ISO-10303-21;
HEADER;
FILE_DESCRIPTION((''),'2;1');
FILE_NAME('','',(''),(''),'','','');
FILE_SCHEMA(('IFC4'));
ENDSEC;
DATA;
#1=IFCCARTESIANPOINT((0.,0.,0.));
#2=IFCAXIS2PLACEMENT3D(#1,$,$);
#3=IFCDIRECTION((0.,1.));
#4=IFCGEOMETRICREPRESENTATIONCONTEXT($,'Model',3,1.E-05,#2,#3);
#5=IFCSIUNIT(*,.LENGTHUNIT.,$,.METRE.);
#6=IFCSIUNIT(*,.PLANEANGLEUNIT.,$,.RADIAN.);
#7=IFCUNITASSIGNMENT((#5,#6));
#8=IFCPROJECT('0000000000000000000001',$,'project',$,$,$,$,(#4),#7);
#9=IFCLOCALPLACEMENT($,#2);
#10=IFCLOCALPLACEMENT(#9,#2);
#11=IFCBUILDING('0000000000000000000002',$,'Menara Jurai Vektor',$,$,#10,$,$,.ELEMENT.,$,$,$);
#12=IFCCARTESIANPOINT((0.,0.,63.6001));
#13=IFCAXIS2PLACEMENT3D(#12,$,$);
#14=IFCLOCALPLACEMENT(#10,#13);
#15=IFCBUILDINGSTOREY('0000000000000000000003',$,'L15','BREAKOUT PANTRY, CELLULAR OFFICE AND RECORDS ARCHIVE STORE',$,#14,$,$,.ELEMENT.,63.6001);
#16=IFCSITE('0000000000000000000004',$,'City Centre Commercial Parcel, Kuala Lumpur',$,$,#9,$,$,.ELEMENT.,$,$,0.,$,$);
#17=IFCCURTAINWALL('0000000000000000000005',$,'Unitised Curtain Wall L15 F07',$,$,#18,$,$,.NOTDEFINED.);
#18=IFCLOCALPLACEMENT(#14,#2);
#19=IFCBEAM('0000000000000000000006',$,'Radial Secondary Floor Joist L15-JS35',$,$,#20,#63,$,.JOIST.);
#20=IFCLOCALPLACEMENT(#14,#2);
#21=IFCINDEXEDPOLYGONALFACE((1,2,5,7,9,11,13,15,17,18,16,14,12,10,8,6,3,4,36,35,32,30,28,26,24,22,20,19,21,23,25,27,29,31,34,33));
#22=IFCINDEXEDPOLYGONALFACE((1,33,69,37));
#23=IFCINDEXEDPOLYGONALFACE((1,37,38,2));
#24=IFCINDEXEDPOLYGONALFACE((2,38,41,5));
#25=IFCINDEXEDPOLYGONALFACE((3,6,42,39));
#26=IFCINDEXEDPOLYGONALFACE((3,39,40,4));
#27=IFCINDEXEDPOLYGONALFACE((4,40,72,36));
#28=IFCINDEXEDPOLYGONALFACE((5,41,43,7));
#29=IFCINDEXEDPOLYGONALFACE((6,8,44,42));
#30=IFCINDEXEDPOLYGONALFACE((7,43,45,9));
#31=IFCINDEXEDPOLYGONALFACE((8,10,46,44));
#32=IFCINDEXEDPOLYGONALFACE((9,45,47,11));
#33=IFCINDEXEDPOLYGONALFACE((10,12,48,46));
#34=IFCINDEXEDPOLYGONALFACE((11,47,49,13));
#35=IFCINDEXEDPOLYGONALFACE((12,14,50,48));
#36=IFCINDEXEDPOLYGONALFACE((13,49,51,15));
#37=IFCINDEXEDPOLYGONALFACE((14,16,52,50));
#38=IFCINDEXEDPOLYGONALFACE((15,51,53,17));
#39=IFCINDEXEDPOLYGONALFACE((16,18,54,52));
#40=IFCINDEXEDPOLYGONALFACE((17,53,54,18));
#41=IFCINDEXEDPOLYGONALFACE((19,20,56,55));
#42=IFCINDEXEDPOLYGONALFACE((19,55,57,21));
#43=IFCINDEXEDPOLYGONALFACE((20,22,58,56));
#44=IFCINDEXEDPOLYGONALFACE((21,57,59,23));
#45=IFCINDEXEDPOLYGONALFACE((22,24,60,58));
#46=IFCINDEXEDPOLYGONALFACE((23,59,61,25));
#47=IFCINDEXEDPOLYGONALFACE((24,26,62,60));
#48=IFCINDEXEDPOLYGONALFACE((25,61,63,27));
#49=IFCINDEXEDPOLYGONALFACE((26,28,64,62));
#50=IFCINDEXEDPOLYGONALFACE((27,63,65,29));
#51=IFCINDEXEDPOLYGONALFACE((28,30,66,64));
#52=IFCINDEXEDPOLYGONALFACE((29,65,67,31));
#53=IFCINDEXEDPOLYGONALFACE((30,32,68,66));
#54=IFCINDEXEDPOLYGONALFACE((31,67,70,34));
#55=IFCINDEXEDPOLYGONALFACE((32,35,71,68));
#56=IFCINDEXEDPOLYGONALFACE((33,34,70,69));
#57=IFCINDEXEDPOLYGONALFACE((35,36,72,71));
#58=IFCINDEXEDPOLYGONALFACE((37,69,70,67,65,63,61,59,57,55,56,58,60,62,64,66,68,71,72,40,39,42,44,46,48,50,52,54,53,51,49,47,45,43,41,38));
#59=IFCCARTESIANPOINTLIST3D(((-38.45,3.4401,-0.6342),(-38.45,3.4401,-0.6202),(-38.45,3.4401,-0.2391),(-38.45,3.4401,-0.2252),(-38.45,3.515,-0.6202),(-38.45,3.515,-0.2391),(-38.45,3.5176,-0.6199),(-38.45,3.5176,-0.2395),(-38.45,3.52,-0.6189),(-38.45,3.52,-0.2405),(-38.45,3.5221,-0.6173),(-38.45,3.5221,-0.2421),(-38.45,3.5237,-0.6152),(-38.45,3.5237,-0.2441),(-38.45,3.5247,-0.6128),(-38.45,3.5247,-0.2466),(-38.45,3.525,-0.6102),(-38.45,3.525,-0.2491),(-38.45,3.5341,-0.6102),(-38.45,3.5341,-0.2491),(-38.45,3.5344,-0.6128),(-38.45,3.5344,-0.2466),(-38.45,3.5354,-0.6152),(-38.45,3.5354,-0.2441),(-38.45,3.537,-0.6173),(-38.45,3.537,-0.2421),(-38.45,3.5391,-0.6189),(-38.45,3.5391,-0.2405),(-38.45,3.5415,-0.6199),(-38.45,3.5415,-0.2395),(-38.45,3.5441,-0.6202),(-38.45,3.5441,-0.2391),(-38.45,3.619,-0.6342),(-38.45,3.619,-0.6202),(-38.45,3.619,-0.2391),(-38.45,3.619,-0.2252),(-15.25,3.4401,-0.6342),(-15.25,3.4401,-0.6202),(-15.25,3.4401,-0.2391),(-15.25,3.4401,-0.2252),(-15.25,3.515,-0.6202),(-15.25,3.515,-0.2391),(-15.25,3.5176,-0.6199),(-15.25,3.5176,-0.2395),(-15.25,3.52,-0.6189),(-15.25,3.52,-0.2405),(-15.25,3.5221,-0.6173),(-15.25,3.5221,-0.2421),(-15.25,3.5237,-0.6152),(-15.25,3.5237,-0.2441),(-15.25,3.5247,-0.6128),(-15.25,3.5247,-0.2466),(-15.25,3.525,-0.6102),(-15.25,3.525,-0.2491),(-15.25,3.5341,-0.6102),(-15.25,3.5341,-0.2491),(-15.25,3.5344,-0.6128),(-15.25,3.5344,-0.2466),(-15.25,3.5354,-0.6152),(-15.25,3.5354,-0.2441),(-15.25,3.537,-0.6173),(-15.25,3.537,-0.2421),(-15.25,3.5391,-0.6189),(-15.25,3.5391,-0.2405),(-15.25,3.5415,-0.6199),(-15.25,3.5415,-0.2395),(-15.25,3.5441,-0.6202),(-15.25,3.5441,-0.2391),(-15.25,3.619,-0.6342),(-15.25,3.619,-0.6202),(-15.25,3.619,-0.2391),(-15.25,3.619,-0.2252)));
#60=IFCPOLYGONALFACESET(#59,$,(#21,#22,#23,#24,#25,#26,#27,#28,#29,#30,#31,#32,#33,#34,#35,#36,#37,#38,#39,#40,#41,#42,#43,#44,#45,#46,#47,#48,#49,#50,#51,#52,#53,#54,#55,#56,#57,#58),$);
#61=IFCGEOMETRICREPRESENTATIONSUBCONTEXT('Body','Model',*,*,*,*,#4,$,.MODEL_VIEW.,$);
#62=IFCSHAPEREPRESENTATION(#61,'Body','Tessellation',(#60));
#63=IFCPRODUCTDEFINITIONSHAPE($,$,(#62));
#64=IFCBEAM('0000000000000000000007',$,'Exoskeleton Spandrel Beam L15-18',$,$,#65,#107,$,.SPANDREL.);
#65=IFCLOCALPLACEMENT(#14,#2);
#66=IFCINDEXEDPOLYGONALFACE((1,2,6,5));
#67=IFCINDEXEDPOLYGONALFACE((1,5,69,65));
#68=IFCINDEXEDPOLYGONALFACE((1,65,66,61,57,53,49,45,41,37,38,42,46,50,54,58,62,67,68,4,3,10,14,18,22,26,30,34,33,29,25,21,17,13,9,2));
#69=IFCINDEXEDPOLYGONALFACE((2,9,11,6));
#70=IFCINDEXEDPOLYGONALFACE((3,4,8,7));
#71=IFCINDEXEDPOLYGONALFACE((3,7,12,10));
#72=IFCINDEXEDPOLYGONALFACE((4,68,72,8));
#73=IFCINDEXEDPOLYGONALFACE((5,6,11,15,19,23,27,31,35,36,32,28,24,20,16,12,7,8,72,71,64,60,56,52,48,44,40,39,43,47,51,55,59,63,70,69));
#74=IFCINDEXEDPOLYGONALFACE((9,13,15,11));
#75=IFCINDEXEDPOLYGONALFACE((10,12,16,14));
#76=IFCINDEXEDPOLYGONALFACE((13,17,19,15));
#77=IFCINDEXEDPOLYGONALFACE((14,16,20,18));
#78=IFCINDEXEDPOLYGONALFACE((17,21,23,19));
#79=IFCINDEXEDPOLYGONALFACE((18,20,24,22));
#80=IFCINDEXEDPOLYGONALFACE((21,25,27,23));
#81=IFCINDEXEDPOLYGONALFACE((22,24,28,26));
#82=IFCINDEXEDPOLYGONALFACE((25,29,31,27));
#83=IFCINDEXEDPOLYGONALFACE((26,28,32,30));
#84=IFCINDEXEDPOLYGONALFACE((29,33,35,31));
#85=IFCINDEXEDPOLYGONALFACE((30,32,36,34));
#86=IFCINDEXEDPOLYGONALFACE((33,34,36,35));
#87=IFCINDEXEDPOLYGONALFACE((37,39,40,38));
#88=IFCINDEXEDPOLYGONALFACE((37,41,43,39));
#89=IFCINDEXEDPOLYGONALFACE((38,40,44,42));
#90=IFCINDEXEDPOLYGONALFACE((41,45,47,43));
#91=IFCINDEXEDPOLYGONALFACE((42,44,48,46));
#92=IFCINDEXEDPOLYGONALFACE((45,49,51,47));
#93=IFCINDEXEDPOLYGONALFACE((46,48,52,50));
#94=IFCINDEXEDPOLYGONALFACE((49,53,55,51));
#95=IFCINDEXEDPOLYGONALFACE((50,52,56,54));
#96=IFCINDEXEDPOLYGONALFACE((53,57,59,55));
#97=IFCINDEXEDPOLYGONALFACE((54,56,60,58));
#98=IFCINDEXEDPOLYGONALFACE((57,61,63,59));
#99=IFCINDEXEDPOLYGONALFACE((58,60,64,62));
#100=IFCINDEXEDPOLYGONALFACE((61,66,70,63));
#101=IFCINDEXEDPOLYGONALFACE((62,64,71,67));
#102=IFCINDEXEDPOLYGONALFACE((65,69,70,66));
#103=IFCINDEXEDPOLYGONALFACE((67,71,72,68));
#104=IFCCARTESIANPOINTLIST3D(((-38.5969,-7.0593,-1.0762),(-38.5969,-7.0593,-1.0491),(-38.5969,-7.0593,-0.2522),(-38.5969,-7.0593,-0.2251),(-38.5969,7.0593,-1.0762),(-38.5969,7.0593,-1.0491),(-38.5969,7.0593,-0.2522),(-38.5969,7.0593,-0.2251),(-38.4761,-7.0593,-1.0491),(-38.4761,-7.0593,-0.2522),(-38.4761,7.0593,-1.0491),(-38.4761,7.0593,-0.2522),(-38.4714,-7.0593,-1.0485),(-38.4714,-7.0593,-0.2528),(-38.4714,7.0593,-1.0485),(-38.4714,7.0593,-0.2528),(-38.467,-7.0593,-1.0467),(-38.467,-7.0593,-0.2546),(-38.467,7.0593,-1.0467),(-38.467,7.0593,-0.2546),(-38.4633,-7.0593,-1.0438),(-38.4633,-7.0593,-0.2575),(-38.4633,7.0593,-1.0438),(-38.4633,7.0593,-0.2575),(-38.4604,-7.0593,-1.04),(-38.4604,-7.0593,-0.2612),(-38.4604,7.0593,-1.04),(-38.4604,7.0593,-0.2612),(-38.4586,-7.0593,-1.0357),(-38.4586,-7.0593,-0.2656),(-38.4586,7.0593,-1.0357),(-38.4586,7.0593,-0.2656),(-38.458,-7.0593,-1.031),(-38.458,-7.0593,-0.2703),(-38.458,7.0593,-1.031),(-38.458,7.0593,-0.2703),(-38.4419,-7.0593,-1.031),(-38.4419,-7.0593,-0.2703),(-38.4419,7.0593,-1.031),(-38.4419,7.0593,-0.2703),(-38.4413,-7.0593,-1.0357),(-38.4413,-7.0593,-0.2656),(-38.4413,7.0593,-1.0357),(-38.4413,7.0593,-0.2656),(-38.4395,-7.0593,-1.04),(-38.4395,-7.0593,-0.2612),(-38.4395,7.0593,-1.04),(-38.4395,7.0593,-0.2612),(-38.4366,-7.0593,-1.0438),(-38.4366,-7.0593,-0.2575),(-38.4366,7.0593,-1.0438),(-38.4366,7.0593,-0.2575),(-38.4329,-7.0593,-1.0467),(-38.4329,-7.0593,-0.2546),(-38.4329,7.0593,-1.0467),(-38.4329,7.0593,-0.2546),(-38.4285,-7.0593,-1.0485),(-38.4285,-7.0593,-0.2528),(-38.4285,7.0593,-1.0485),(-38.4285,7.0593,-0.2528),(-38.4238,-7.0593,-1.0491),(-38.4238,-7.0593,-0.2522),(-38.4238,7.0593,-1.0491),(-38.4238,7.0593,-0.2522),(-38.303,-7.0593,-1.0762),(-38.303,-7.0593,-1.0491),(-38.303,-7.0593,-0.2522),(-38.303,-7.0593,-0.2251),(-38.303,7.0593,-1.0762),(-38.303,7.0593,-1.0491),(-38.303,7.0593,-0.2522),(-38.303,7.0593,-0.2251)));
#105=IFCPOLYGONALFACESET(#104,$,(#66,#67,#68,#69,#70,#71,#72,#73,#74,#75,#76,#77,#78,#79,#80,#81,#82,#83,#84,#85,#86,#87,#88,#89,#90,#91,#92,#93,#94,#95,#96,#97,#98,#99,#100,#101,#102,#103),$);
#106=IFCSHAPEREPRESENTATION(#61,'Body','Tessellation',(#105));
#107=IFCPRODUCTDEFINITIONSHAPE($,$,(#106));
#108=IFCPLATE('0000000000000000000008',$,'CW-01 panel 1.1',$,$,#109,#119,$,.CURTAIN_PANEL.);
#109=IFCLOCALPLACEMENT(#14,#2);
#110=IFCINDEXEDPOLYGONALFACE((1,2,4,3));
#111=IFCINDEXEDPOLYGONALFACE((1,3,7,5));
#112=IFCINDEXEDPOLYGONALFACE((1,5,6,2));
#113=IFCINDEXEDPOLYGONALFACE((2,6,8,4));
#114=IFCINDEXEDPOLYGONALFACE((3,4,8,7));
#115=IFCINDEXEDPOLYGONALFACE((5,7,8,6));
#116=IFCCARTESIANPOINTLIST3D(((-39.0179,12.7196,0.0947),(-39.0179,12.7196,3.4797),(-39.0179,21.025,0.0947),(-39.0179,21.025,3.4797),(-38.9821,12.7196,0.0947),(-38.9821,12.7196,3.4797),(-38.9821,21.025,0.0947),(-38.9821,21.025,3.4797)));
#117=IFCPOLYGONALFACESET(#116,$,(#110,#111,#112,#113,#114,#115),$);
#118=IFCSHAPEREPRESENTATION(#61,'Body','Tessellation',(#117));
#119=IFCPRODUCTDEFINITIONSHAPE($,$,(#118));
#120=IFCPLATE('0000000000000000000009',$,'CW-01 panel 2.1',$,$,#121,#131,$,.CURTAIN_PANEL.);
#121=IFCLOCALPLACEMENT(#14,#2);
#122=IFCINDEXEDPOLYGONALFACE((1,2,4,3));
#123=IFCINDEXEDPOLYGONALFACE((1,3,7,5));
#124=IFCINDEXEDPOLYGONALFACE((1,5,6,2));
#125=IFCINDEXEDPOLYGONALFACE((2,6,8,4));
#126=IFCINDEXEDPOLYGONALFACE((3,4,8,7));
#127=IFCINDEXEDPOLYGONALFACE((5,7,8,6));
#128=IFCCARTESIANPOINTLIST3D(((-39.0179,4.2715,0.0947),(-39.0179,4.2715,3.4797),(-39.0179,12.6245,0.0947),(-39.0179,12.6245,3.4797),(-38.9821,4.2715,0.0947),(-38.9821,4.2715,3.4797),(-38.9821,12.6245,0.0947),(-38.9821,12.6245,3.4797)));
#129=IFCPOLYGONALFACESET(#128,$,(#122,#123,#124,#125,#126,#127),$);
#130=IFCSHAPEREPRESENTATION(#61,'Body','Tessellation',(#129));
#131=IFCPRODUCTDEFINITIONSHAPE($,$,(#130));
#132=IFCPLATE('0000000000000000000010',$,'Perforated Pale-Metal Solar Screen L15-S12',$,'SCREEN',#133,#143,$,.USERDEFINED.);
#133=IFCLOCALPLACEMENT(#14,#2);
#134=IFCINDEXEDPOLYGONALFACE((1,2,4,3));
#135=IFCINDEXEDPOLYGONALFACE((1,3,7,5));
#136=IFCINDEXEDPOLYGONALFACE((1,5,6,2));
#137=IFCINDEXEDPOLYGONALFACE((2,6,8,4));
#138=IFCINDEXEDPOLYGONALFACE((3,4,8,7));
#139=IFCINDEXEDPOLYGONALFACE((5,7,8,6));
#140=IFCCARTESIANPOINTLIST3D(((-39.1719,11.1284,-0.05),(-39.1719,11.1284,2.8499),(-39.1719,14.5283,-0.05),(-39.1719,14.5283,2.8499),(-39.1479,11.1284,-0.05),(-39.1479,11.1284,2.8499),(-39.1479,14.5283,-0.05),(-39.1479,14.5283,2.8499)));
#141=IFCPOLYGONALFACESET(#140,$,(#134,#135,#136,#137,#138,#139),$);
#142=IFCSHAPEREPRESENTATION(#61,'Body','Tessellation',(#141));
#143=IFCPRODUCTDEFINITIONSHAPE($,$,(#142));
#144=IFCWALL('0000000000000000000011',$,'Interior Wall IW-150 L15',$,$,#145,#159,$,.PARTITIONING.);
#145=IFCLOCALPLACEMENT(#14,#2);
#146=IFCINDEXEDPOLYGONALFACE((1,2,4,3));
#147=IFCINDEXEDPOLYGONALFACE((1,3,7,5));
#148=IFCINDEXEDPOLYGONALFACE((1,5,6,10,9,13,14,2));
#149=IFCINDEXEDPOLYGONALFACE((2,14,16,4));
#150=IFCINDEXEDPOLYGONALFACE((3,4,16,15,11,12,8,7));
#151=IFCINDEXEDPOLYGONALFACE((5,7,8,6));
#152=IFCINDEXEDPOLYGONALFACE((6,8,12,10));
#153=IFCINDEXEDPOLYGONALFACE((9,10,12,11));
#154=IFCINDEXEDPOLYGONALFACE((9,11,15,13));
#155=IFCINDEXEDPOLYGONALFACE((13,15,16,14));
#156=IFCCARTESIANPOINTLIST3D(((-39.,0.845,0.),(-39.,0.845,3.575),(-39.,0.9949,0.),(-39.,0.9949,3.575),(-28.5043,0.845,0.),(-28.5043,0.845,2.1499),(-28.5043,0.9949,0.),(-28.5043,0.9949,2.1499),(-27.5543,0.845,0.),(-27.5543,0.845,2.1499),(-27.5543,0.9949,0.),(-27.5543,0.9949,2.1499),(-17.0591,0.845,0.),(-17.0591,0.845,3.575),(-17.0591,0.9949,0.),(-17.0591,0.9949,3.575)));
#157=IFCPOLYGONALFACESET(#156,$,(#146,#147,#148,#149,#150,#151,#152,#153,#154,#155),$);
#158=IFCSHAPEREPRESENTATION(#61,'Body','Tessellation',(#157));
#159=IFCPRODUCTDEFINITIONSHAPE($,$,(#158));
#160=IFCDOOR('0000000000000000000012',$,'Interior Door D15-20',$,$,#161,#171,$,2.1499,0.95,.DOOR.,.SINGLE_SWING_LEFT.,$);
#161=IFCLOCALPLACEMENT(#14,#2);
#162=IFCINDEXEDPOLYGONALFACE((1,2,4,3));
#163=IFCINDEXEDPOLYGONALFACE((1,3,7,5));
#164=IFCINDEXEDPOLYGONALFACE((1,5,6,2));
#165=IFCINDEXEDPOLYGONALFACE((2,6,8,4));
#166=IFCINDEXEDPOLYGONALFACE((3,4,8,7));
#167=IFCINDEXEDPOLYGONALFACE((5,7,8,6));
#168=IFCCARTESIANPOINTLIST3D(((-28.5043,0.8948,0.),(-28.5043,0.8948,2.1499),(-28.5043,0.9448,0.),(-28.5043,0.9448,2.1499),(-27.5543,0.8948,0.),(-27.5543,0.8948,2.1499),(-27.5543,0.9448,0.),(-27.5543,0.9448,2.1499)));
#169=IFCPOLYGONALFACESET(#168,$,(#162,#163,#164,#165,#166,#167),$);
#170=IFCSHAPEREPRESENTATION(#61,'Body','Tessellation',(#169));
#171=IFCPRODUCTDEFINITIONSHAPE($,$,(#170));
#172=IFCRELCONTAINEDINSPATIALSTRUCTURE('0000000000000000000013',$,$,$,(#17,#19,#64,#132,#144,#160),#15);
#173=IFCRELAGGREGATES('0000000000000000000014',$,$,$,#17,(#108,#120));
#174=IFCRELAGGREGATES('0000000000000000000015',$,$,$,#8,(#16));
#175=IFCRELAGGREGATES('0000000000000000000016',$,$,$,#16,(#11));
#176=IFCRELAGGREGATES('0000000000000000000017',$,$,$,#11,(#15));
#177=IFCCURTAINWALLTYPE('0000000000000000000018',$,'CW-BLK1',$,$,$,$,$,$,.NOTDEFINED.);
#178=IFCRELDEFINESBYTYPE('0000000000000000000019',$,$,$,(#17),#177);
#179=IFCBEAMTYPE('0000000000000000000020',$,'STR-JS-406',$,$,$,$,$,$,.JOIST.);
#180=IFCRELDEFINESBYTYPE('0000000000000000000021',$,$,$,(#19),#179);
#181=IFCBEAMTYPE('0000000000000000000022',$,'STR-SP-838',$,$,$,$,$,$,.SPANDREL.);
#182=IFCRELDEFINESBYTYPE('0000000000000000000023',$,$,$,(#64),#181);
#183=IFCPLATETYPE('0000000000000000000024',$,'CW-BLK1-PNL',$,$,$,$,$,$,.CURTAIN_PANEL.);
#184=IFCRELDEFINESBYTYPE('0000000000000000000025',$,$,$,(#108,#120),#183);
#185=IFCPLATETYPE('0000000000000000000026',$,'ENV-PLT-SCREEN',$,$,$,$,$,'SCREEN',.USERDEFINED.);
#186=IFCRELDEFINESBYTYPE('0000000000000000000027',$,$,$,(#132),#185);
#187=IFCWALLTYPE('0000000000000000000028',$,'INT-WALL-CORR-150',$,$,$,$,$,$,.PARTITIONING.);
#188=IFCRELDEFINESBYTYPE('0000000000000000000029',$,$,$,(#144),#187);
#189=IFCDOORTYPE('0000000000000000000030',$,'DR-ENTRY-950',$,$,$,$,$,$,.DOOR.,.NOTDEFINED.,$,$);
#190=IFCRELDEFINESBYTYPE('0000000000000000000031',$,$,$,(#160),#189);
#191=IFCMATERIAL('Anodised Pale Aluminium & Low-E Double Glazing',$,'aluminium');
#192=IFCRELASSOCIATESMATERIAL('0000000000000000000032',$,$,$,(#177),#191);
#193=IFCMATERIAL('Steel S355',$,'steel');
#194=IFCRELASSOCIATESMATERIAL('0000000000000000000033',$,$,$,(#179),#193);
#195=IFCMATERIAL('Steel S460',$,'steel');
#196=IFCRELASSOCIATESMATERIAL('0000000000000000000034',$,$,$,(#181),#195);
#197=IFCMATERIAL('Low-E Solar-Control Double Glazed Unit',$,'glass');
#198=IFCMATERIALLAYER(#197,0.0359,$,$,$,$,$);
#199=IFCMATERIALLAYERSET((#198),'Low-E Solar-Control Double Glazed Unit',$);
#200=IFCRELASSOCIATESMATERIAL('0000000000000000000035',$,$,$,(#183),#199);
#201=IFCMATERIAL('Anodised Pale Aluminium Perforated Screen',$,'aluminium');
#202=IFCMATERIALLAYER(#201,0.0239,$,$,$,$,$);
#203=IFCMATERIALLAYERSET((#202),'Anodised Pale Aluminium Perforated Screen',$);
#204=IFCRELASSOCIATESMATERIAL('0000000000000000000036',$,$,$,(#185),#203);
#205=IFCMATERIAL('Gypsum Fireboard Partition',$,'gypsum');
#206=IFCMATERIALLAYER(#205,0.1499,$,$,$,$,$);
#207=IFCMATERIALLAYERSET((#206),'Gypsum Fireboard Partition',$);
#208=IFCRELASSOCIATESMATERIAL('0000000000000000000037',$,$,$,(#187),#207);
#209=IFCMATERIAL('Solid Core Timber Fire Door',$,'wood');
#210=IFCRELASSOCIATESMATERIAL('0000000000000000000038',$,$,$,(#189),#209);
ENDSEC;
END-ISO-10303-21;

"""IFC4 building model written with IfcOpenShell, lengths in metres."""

from ifc_helpers import new_model, si_unit, direction, frame, frame_2d, origin, origin_2d, place, context, subcontext, project, spatial, rectangle, i_section, extrude, material, layer, layer_set, material_profile, profile_set, type_object, element, fill, aggregate, save


model = new_model("IFC4")

# Units and contexts
model_context = context("Model", 3, precision=1e-05, world=origin(), true_north=direction((0.0, 1.0)))
body_context = subcontext(model_context, "Body", "Model", "MODEL_VIEW")
ifc_project = project(units=[si_unit("LENGTHUNIT", "METRE"), si_unit("PLANEANGLEUNIT", "RADIAN")], contexts=[model_context])

# Site, building, storey
site_placement = place(None, origin())
site = spatial("IfcSite", under=ifc_project, at=site_placement, Name="City Centre Commercial Parcel, Kuala Lumpur", CompositionType="ELEMENT", RefElevation=0.0)
building_placement = place(site_placement, origin())
building = spatial("IfcBuilding", under=site, at=building_placement, Name="Menara Jurai Vektor", CompositionType="ELEMENT")
storey_placement = place(building_placement, frame((0.0, 0.0, 63.6001)))
storey = spatial("IfcBuildingStorey", under=building, at=storey_placement, Name="L15", Description="BREAKOUT PANTRY, CELLULAR OFFICE AND RECORDS ARCHIVE STORE", CompositionType="ELEMENT", Elevation=63.6001)

# Shared definitions
ifc_material_1 = material(Name="Steel S460", Category="steel")

# Curtain wall
ifc_material_2 = material(Name="Anodised Pale Aluminium & Low-E Double Glazing", Category="aluminium")
curtain_wall_type = type_object("IfcCurtainWallType", Name="CW-BLK1", PredefinedType="NOTDEFINED", material=ifc_material_2)
curtain_wall_placement = place(storey_placement, origin())
curtain_wall = element("IfcCurtainWall", 1, at=curtain_wall_placement, inside=storey, type_object=curtain_wall_type, Name="Unitised Curtain Wall L15 F07", PredefinedType="NOTDEFINED")

# Beams
ifc_material_3 = material(Name="Steel S355", Category="steel")
ifc_material_profile_1 = material_profile(ifc_material_3, i_section(OverallWidth=0.179, OverallDepth=0.4089, WebThickness=0.009, FlangeThickness=0.0139, FilletRadius=0.01, at=origin_2d()), Name="UKB 406x178x67")
ifc_profile_set_1 = profile_set([ifc_material_profile_1], Name="Steel S355")
beam_type_1 = type_object("IfcBeamType", Name="STR-JS-406", PredefinedType="JOIST", material=ifc_profile_set_1)
beam_1_placement = place(storey_placement, frame((-38.45, 3.5295, -0.4297), z_axis=(1.0, 0.0, 0.0), x_axis=(0.0, 1.0, 0.0)))
element("IfcBeam", 2, at=beam_1_placement, inside=storey, type_object=beam_type_1, Name="Radial Secondary Floor Joist L15-JS35", PredefinedType="JOIST", context=body_context, shape_type="SweptSolid", body=[
    extrude(i_section(OverallWidth=0.179, OverallDepth=0.4089, WebThickness=0.009, FlangeThickness=0.0139, FilletRadius=0.01, at=origin_2d()), origin(), (0.0, 0.0, 1.0), 23.2),
])
ifc_material_profile_2 = material_profile(ifc_material_1, i_section(OverallWidth=0.2939, OverallDepth=0.8511, WebThickness=0.0161, FlangeThickness=0.0271, FilletRadius=0.0181, at=origin_2d()), Name="UKB 838x292x226")
ifc_profile_set_2 = profile_set([ifc_material_profile_2], Name="Steel S460")
beam_type_2 = type_object("IfcBeamType", Name="STR-SP-838", PredefinedType="SPANDREL", material=ifc_profile_set_2)
beam_2_placement = place(storey_placement, frame((-38.45, 7.0593, -0.6506), z_axis=(0.0, -1.0, 0.0), x_axis=(1.0, 0.0, 0.0)))
element("IfcBeam", 3, at=beam_2_placement, inside=storey, type_object=beam_type_2, Name="Exoskeleton Spandrel Beam L15-18", PredefinedType="SPANDREL", context=body_context, shape_type="SweptSolid", body=[
    extrude(i_section(OverallWidth=0.2939, OverallDepth=0.8511, WebThickness=0.0161, FlangeThickness=0.0271, FilletRadius=0.0181, at=origin_2d()), origin(), (0.0, 0.0, 1.0), 14.1187),
])

# Plates
ifc_material_4 = material(Name="Low-E Solar-Control Double Glazed Unit", Category="glass")
ifc_layer_1 = layer(ifc_material_4, 0.0359)
ifc_layer_set_1 = layer_set([ifc_layer_1], Name="Low-E Solar-Control Double Glazed Unit")
plate_type_1 = type_object("IfcPlateType", Name="CW-BLK1-PNL", PredefinedType="CURTAIN_PANEL", material=ifc_layer_set_1)
plate_1_placement = place(storey_placement, frame((-39.0, 16.8723, 0.0947), z_axis=(0.0, 0.0, 1.0), x_axis=(0.0, -1.0, 0.0)))
plate_1 = element("IfcPlate", 4, at=plate_1_placement, type_object=plate_type_1, Name="CW-01 panel 1.1", PredefinedType="CURTAIN_PANEL", context=body_context, shape_type="SweptSolid", body=[
    extrude(rectangle(XDim=8.3054, YDim=0.0359, at=origin_2d()), origin(), (0.0, 0.0, 1.0), 3.385),
])
plate_2_placement = place(storey_placement, frame((-39.0, 8.448, 0.0947), z_axis=(0.0, 0.0, 1.0), x_axis=(0.0, -1.0, 0.0)))
plate_2 = element("IfcPlate", 5, at=plate_2_placement, type_object=plate_type_1, Name="CW-01 panel 2.1", PredefinedType="CURTAIN_PANEL", context=body_context, shape_type="SweptSolid", body=[
    extrude(rectangle(XDim=8.353, YDim=0.0359, at=origin_2d()), origin(), (0.0, 0.0, 1.0), 3.385),
])
aggregate(curtain_wall, [plate_1, plate_2])
ifc_material_5 = material(Name="Anodised Pale Aluminium Perforated Screen", Category="aluminium")
ifc_layer_2 = layer(ifc_material_5, 0.0239)
ifc_layer_set_2 = layer_set([ifc_layer_2], Name="Anodised Pale Aluminium Perforated Screen")
plate_type_2 = type_object("IfcPlateType", Name="ENV-PLT-SCREEN", ElementType="SCREEN", PredefinedType="USERDEFINED", material=ifc_layer_set_2)
plate_3_placement = place(storey_placement, frame((-39.1599, 12.8284, -0.05), z_axis=(0.0, 0.0, 1.0), x_axis=(0.0, -1.0, 0.0)))
element("IfcPlate", 6, at=plate_3_placement, inside=storey, type_object=plate_type_2, Name="Perforated Pale-Metal Solar Screen L15-S12", ObjectType="SCREEN", PredefinedType="USERDEFINED", context=body_context, shape_type="SweptSolid", body=[
    extrude(rectangle(XDim=3.3999, YDim=0.0239, at=origin_2d()), origin(), (0.0, 0.0, 1.0), 2.8999),
])

# Wall, opening, door
ifc_material_6 = material(Name="Gypsum Fireboard Partition", Category="gypsum")
ifc_layer_3 = layer(ifc_material_6, 0.1499)
ifc_layer_set_3 = layer_set([ifc_layer_3], Name="Gypsum Fireboard Partition")
wall_type_1 = type_object("IfcWallType", Name="INT-WALL-CORR-150", PredefinedType="PARTITIONING", material=ifc_layer_set_3)
wall_1_placement = place(storey_placement, frame((-39.0, 0.9199, 0.0), z_axis=(0.0, 0.0, 1.0), x_axis=(1.0, 0.0, 0.0)))
wall_1 = element("IfcWall", 7, at=wall_1_placement, inside=storey, type_object=wall_type_1, Name="Interior Wall IW-150 L15", PredefinedType="PARTITIONING", context=body_context, shape_type="SweptSolid", body=[
    extrude(rectangle(XDim=21.9409, YDim=0.1499, at=frame_2d((10.9705, 0.0))), origin(), (0.0, 0.0, 1.0), 3.575),
])
opening_1_placement = place(wall_1_placement, frame((10.4956, 0.0, 0.0)))
opening_1 = element("IfcOpeningElement", 8, at=opening_1_placement, cuts=wall_1, PredefinedType="OPENING", context=body_context, shape_type="SweptSolid", body=[
    extrude(rectangle(XDim=0.95, YDim=2.1499, at=frame_2d((0.4751, 1.075))), frame((0.0, 0.085, 0.0), z_axis=(0.0, -1.0, 0.0), x_axis=(1.0, 0.0, 0.0)), (0.0, 0.0, 1.0), 0.1699),
])
ifc_material_7 = material(Name="Solid Core Timber Fire Door", Category="wood")
door_type = type_object("IfcDoorType", Name="DR-ENTRY-950", OperationType="NOTDEFINED", PredefinedType="DOOR", material=ifc_material_7)
door_1_placement = place(opening_1_placement, origin())
door_1 = element("IfcDoor", 9, at=door_1_placement, inside=storey, type_object=door_type, Name="Interior Door D15-20", OperationType="SINGLE_SWING_LEFT", OverallHeight=2.1499, OverallWidth=0.95, PredefinedType="DOOR", context=body_context, shape_type="SweptSolid", body=[
    extrude(rectangle(XDim=0.95, YDim=2.1499, at=frame_2d((0.4751, 1.075))), frame((0.0, 0.0249, 0.0), z_axis=(0.0, -1.0, 0.0), x_axis=(1.0, 0.0, 0.0)), (0.0, 0.0, 1.0), 0.05),
])
fill(opening_1, door_1)

save(model, "model.ifc")
